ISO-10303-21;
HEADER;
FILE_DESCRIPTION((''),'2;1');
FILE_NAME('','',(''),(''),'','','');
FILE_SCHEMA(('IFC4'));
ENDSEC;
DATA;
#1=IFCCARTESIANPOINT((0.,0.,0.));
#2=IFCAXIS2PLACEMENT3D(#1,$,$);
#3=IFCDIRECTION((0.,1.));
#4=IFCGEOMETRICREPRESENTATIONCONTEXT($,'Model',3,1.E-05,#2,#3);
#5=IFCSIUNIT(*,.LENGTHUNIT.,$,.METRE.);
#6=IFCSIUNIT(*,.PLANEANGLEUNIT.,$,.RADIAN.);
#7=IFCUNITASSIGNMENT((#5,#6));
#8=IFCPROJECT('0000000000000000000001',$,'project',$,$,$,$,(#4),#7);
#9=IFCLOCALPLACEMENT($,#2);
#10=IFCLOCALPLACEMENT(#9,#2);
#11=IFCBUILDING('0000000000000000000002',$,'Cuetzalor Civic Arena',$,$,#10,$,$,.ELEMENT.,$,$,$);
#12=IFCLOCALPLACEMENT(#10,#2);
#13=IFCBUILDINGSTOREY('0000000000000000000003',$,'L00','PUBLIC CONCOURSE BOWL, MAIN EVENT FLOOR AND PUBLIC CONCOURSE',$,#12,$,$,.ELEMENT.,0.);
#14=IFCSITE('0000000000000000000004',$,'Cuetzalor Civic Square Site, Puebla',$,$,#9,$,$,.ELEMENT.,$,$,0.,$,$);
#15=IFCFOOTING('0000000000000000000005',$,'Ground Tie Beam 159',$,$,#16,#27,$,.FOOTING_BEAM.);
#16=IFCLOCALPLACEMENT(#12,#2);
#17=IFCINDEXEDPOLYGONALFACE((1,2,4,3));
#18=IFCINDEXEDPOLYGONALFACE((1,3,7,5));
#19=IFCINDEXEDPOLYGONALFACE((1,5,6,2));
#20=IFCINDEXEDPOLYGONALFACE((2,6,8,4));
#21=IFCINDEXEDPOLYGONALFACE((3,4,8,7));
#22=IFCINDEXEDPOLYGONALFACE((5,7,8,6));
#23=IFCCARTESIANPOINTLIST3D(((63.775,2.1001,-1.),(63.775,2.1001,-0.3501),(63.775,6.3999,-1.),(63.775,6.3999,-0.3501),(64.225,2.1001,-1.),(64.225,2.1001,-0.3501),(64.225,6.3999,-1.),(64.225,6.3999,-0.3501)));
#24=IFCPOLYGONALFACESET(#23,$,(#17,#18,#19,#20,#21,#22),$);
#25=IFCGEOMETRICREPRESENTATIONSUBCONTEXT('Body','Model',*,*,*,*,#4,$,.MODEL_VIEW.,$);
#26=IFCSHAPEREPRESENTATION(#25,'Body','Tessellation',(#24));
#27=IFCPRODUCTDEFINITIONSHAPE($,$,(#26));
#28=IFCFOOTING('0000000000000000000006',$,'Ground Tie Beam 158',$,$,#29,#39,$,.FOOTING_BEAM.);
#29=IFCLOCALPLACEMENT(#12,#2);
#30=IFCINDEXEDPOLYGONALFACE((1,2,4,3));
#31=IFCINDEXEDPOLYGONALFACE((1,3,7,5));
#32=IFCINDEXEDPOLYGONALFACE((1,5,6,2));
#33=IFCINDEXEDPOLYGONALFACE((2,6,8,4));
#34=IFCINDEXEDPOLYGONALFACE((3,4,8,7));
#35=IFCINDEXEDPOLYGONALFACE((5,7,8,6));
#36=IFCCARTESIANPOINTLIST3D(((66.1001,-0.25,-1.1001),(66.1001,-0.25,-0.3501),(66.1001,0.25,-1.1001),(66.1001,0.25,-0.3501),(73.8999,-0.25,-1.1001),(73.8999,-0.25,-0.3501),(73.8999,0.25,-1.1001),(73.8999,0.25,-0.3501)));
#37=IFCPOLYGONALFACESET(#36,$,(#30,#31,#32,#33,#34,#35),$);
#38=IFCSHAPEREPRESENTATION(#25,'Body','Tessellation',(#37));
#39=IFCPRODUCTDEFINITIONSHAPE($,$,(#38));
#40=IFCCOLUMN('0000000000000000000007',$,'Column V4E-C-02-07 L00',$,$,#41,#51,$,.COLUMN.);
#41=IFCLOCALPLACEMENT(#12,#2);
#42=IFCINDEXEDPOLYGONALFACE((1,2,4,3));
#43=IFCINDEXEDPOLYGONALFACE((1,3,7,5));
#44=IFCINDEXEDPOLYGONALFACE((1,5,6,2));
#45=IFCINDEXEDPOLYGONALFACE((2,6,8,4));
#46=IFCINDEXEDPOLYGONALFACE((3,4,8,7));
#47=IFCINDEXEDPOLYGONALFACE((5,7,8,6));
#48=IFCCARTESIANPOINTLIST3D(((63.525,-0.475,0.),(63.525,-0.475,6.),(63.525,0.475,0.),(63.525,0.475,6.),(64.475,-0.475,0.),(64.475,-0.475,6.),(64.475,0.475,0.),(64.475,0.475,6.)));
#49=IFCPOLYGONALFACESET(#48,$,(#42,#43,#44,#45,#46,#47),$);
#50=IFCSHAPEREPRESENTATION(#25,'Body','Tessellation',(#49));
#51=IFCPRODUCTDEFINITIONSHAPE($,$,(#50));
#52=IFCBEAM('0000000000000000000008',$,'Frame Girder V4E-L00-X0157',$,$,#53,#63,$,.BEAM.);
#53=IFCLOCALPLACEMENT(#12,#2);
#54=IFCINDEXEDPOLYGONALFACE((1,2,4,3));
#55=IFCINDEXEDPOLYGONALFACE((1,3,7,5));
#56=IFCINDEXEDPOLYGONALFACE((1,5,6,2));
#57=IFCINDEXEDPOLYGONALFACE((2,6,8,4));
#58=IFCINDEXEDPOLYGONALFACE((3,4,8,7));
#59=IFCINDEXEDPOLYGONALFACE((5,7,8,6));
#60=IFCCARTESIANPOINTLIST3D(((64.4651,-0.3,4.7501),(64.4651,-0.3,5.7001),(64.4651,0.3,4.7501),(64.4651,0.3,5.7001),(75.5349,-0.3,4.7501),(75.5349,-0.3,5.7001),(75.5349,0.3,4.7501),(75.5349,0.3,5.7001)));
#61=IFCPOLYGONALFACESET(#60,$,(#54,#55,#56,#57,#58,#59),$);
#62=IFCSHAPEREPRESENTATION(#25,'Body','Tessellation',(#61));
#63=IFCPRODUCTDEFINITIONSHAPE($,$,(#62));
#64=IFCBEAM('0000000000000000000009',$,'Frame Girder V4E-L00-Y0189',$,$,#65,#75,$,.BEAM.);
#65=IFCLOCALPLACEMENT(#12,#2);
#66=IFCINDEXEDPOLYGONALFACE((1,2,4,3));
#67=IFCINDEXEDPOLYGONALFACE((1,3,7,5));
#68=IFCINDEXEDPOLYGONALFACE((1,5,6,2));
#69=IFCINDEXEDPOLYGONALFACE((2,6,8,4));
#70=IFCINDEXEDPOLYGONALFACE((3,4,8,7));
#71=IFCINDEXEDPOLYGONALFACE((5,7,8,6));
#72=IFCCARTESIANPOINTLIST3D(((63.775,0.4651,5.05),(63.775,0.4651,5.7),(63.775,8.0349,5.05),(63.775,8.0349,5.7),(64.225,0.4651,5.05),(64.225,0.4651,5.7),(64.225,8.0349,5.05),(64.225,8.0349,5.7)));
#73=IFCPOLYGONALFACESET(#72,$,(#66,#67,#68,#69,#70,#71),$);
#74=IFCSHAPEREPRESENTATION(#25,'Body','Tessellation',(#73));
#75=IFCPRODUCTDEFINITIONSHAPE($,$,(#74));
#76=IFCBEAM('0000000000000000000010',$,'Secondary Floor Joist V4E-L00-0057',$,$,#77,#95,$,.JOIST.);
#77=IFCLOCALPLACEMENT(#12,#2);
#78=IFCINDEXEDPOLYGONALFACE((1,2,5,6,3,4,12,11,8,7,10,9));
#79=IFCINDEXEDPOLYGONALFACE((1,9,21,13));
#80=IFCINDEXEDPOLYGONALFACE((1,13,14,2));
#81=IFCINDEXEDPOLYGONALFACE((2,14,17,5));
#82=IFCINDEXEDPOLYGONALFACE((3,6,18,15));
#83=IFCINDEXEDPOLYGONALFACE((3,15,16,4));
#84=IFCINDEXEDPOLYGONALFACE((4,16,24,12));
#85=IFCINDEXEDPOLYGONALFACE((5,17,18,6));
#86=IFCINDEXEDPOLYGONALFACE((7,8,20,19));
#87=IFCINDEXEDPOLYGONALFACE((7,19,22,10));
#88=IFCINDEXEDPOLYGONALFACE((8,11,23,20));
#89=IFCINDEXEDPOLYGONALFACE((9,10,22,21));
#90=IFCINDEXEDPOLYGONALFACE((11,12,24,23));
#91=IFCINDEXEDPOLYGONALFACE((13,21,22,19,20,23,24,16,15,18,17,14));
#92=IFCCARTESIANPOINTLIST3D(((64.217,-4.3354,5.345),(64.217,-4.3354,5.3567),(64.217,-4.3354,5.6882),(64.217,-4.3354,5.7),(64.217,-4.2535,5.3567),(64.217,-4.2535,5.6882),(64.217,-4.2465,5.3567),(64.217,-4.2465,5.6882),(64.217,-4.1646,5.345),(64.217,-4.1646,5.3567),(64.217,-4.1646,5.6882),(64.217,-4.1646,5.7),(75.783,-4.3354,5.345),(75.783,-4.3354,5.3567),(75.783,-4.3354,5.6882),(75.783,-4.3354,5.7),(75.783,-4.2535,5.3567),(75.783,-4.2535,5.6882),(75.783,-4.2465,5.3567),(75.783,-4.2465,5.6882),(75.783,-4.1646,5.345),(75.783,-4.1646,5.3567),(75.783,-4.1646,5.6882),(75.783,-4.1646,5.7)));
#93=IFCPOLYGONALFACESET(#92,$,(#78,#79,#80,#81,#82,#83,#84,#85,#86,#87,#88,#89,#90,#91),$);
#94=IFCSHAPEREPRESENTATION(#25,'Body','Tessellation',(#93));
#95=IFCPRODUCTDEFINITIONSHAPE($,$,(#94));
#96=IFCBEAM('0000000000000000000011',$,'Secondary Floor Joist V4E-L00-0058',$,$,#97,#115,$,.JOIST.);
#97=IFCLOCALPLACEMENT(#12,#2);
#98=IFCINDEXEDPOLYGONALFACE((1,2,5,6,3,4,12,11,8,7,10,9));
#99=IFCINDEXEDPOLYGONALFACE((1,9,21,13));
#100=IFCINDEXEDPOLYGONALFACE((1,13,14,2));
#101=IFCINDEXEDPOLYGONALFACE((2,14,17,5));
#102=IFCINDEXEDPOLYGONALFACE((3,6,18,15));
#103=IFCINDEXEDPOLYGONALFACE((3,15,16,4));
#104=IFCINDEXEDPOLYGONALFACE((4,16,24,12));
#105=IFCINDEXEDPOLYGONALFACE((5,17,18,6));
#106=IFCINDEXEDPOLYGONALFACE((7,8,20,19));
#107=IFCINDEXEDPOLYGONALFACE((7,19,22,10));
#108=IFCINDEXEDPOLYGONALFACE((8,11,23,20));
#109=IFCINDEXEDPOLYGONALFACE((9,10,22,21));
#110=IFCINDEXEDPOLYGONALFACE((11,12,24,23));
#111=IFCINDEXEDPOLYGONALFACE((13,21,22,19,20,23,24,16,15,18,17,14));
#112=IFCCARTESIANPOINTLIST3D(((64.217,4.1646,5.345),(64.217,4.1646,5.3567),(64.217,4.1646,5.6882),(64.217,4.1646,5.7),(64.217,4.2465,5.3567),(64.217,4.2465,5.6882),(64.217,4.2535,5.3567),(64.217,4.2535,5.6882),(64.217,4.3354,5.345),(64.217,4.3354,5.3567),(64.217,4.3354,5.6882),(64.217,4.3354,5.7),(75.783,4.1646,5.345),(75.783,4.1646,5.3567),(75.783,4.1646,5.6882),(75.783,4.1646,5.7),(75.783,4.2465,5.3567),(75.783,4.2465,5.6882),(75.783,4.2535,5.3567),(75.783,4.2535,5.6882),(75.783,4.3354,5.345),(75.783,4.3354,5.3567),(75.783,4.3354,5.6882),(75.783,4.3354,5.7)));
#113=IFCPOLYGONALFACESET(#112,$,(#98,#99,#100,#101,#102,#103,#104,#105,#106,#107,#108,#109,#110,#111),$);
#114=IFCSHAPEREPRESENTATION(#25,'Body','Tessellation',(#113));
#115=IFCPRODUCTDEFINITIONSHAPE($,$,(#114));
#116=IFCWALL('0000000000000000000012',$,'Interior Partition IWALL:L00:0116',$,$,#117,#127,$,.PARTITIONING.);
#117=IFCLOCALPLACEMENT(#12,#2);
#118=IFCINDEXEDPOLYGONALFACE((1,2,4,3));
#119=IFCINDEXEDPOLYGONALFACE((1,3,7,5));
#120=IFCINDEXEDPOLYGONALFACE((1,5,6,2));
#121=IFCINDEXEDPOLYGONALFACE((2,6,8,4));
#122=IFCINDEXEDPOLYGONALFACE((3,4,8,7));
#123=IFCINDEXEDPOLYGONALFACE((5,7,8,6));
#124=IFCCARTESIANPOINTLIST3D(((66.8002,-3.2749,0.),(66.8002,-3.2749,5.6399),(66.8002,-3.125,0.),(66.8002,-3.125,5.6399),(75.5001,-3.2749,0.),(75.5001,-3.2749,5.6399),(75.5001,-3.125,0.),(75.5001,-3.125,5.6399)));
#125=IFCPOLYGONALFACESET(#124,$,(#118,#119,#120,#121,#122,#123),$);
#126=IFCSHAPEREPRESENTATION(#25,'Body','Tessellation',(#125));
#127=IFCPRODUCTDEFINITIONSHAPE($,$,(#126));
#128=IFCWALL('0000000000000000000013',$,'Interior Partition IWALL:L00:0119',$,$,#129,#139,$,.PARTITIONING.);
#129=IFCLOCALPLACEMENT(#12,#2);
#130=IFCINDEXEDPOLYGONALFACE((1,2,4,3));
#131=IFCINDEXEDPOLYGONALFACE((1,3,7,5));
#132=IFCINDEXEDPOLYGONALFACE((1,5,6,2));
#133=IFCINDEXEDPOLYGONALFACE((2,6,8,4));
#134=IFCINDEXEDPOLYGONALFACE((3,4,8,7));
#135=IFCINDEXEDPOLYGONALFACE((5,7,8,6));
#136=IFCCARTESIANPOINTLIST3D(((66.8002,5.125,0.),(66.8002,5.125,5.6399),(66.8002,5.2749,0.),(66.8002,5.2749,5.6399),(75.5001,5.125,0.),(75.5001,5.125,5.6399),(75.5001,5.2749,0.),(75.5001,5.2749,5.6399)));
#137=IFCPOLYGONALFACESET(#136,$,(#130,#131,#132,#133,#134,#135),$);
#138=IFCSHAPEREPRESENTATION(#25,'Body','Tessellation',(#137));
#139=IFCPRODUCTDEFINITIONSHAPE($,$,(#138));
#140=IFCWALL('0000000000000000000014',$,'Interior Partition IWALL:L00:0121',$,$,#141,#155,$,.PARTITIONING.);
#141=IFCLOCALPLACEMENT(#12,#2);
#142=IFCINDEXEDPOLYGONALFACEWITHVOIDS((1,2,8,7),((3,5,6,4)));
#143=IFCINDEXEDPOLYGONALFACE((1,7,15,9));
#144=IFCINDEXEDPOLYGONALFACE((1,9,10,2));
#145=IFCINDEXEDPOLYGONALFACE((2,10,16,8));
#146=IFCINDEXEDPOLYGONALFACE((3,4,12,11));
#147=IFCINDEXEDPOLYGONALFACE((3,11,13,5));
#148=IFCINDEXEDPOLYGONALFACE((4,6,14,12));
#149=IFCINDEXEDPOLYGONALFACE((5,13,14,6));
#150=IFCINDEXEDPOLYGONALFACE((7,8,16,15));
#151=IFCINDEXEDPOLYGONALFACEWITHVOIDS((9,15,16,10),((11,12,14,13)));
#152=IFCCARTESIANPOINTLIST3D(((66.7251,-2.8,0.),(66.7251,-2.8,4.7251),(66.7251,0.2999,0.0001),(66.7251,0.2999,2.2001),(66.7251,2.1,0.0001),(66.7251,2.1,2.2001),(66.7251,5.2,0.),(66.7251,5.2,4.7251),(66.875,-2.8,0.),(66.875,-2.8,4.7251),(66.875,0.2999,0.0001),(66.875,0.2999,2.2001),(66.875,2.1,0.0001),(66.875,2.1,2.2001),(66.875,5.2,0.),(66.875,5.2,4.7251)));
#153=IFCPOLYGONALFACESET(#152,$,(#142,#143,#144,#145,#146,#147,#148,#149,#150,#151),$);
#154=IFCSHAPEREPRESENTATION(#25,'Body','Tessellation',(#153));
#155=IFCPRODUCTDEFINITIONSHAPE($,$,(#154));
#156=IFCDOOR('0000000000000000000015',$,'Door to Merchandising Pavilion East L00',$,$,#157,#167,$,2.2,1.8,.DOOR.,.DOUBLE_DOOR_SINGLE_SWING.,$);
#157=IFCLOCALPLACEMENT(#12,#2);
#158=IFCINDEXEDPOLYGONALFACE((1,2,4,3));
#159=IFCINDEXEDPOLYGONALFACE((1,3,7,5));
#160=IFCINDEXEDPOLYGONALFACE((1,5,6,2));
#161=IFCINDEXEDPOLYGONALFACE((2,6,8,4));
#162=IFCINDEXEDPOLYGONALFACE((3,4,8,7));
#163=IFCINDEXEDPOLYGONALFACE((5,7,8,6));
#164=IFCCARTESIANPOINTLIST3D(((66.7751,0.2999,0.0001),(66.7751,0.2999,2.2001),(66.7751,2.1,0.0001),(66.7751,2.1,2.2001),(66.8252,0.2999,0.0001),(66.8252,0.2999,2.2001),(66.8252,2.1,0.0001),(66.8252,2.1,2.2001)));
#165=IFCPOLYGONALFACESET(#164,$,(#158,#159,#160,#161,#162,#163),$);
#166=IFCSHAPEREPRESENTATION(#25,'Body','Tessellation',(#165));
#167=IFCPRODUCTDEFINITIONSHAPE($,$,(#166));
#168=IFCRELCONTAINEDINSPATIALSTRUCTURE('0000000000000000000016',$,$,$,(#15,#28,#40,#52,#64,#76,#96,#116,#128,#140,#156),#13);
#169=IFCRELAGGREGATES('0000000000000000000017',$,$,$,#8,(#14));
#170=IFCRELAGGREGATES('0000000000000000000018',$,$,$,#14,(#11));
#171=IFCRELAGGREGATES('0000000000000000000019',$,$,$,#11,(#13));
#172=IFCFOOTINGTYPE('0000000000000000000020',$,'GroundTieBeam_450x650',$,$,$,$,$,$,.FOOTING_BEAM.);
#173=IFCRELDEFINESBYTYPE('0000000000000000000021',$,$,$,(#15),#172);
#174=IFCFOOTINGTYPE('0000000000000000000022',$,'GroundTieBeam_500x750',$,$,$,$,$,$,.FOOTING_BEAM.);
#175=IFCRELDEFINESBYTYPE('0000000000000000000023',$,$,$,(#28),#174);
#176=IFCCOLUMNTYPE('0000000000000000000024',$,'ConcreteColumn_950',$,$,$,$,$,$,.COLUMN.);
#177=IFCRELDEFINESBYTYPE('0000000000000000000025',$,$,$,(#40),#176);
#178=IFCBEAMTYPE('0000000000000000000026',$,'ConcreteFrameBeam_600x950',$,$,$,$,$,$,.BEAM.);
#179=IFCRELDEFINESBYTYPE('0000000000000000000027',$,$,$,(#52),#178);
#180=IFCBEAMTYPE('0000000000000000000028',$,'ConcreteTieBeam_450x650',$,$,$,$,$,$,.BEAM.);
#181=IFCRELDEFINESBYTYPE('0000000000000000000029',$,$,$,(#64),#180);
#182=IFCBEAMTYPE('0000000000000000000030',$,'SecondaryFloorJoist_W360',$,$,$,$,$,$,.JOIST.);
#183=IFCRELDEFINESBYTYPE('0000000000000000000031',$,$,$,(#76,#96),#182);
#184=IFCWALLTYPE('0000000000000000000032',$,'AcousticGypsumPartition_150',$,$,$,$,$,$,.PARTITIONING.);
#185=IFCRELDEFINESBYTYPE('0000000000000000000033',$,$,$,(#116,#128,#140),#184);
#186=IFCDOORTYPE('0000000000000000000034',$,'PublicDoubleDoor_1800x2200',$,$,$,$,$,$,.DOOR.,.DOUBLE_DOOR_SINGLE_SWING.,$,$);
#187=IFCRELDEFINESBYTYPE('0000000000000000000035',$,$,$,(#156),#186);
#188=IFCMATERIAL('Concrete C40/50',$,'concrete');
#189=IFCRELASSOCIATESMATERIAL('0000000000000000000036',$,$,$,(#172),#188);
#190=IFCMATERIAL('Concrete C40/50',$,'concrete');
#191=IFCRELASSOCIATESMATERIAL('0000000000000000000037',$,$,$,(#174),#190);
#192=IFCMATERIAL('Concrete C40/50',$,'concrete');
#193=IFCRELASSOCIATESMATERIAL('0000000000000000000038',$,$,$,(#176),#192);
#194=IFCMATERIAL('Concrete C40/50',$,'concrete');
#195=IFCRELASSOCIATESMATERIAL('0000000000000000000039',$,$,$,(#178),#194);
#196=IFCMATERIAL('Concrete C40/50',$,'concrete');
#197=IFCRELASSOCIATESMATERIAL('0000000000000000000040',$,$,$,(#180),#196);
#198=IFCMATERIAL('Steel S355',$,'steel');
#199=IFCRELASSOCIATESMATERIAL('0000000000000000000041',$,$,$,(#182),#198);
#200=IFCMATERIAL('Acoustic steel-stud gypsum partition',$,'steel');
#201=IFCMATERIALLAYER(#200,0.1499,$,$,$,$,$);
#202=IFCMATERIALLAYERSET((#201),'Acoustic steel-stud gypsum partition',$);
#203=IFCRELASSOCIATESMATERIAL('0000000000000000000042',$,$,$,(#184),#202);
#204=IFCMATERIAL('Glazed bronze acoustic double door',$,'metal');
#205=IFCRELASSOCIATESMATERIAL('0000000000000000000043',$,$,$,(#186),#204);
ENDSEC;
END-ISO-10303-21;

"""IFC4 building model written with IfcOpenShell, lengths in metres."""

from ifc_helpers import new_model, si_unit, direction, frame, frame_2d, origin, origin_2d, place, context, subcontext, project, spatial, rectangle, i_section, extrude, material, layer, layer_set, material_profile, profile_set, type_object, element, fill, save


model = new_model("IFC4")

# Units and contexts
model_context = context("Model", 3, precision=1e-05, world=origin(), true_north=direction((0.0, 1.0)))
body_context = subcontext(model_context, "Body", "Model", "MODEL_VIEW")
ifc_project = project(units=[si_unit("LENGTHUNIT", "METRE"), si_unit("PLANEANGLEUNIT", "RADIAN")], contexts=[model_context])

# Site, building, storey
site_placement = place(None, origin())
site = spatial("IfcSite", under=ifc_project, at=site_placement, Name="Cuetzalor Civic Square Site, Puebla", CompositionType="ELEMENT", RefElevation=0.0)
building_placement = place(site_placement, origin())
building = spatial("IfcBuilding", under=site, at=building_placement, Name="Cuetzalor Civic Arena", CompositionType="ELEMENT")
storey_placement = place(building_placement, origin())
storey = spatial("IfcBuildingStorey", under=building, at=storey_placement, Name="L00", Description="PUBLIC CONCOURSE BOWL, MAIN EVENT FLOOR AND PUBLIC CONCOURSE", CompositionType="ELEMENT", Elevation=0.0)

# Footings
ifc_material_1 = material(Name="Concrete C40/50", Category="concrete")
ifc_material_profile_1 = material_profile(ifc_material_1, rectangle(XDim=0.45, YDim=0.6499, at=origin_2d()), Name="RC 450x650")
ifc_profile_set_1 = profile_set([ifc_material_profile_1], Name="Concrete C40/50")
footing_type_1 = type_object("IfcFootingType", Name="GroundTieBeam_450x650", PredefinedType="FOOTING_BEAM", material=ifc_profile_set_1)
footing_1_placement = place(storey_placement, frame((64.0, 2.1001, -0.675), z_axis=(0.0, 1.0, 0.0), x_axis=(-1.0, 0.0, 0.0)))
element("IfcFooting", 1, at=footing_1_placement, inside=storey, type_object=footing_type_1, Name="Ground Tie Beam 159", PredefinedType="FOOTING_BEAM", context=body_context, shape_type="SweptSolid", body=[
    extrude(rectangle(XDim=0.45, YDim=0.6499, at=origin_2d()), origin(), (0.0, 0.0, 1.0), 4.2998),
])
ifc_material_2 = material(Name="Concrete C40/50", Category="concrete")
ifc_material_profile_2 = material_profile(ifc_material_2, rectangle(XDim=0.5, YDim=0.75, at=origin_2d()), Name="RC 500x750")
ifc_profile_set_2 = profile_set([ifc_material_profile_2], Name="Concrete C40/50")
footing_type_2 = type_object("IfcFootingType", Name="GroundTieBeam_500x750", PredefinedType="FOOTING_BEAM", material=ifc_profile_set_2)
footing_2_placement = place(storey_placement, frame((66.1001, 0.0, -0.7251), z_axis=(1.0, 0.0, 0.0), x_axis=(0.0, 1.0, 0.0)))
element("IfcFooting", 2, at=footing_2_placement, inside=storey, type_object=footing_type_2, Name="Ground Tie Beam 158", PredefinedType="FOOTING_BEAM", context=body_context, shape_type="SweptSolid", body=[
    extrude(rectangle(XDim=0.5, YDim=0.75, at=origin_2d()), origin(), (0.0, 0.0, 1.0), 7.7998),
])

# Column
ifc_material_3 = material(Name="Concrete C40/50", Category="concrete")
ifc_material_profile_3 = material_profile(ifc_material_3, rectangle(XDim=0.95, YDim=0.95, at=origin_2d()), Name="RC 950x950")
ifc_profile_set_3 = profile_set([ifc_material_profile_3], Name="Concrete C40/50")
column_type = type_object("IfcColumnType", Name="ConcreteColumn_950", PredefinedType="COLUMN", material=ifc_profile_set_3)
column_placement = place(storey_placement, frame((64.0, 0.0, 0.0), z_axis=(0.0, 0.0, 1.0), x_axis=(1.0, 0.0, 0.0)))
element("IfcColumn", 3, at=column_placement, inside=storey, type_object=column_type, Name="Column V4E-C-02-07 L00", PredefinedType="COLUMN", context=body_context, shape_type="SweptSolid", body=[
    extrude(rectangle(XDim=0.95, YDim=0.95, at=origin_2d()), origin(), (0.0, 0.0, 1.0), 6.0),
])

# Beams
ifc_material_4 = material(Name="Concrete C40/50", Category="concrete")
ifc_material_profile_4 = material_profile(ifc_material_4, rectangle(XDim=0.6001, YDim=0.95, at=origin_2d()), Name="RC 600x950")
ifc_profile_set_4 = profile_set([ifc_material_profile_4], Name="Concrete C40/50")
beam_type_1 = type_object("IfcBeamType", Name="ConcreteFrameBeam_600x950", PredefinedType="BEAM", material=ifc_profile_set_4)
beam_1_placement = place(storey_placement, frame((64.4651, 0.0, 5.2251), z_axis=(1.0, 0.0, 0.0), x_axis=(0.0, 1.0, 0.0)))
element("IfcBeam", 4, at=beam_1_placement, inside=storey, type_object=beam_type_1, Name="Frame Girder V4E-L00-X0157", PredefinedType="BEAM", context=body_context, shape_type="SweptSolid", body=[
    extrude(rectangle(XDim=0.6001, YDim=0.95, at=origin_2d()), origin(), (0.0, 0.0, 1.0), 11.0698),
])
ifc_material_5 = material(Name="Concrete C40/50", Category="concrete")
ifc_material_profile_5 = material_profile(ifc_material_5, rectangle(XDim=0.45, YDim=0.6499, at=origin_2d()), Name="RC 450x650")
ifc_profile_set_5 = profile_set([ifc_material_profile_5], Name="Concrete C40/50")
beam_type_2 = type_object("IfcBeamType", Name="ConcreteTieBeam_450x650", PredefinedType="BEAM", material=ifc_profile_set_5)
beam_2_placement = place(storey_placement, frame((64.0, 0.4651, 5.375), z_axis=(0.0, 1.0, 0.0), x_axis=(-1.0, 0.0, 0.0)))
element("IfcBeam", 5, at=beam_2_placement, inside=storey, type_object=beam_type_2, Name="Frame Girder V4E-L00-Y0189", PredefinedType="BEAM", context=body_context, shape_type="SweptSolid", body=[
    extrude(rectangle(XDim=0.45, YDim=0.6499, at=origin_2d()), origin(), (0.0, 0.0, 1.0), 7.5698),
])
ifc_material_6 = material(Name="Steel S355", Category="steel")
ifc_material_profile_6 = material_profile(ifc_material_6, i_section(OverallWidth=0.1709, OverallDepth=0.355, WebThickness=0.0071, FlangeThickness=0.0117, at=origin_2d()), Name="W360x51")
ifc_profile_set_6 = profile_set([ifc_material_profile_6], Name="Steel S355")
beam_type_3 = type_object("IfcBeamType", Name="SecondaryFloorJoist_W360", PredefinedType="JOIST", material=ifc_profile_set_6)
for number, where, z_axis, x_axis, name in (
    (6, (64.217, -4.25, 5.5225), (1.0, 0.0, 0.0), (0.0, 1.0, 0.0), "Secondary Floor Joist V4E-L00-0057"),
    (7, (64.217, 4.25, 5.5225), (1.0, 0.0, 0.0), (0.0, 1.0, 0.0), "Secondary Floor Joist V4E-L00-0058"),
):
    element("IfcBeam", number, at=place(storey_placement, frame(where, z_axis=z_axis, x_axis=x_axis)), inside=storey, type_object=beam_type_3, Name=name, PredefinedType="JOIST", context=body_context, shape_type="SweptSolid", body=[
        extrude(i_section(OverallWidth=0.1709, OverallDepth=0.355, WebThickness=0.0071, FlangeThickness=0.0117, at=origin_2d()), origin(), (0.0, 0.0, 1.0), 11.5659),
    ])

# Walls
ifc_material_7 = material(Name="Acoustic steel-stud gypsum partition", Category="steel")
ifc_layer_1 = layer(ifc_material_7, 0.1499)
ifc_layer_set_1 = layer_set([ifc_layer_1], Name="Acoustic steel-stud gypsum partition")
wall_type_1 = type_object("IfcWallType", Name="AcousticGypsumPartition_150", PredefinedType="PARTITIONING", material=ifc_layer_set_1)
for number, where, z_axis, x_axis, name in (
    (8, (66.8, -3.2, 0.0), (0.0, 0.0, 1.0), (1.0, 0.0, 0.0), "Interior Partition IWALL:L00:0116"),
    (9, (66.8, 5.2, 0.0), (0.0, 0.0, 1.0), (1.0, 0.0, 0.0), "Interior Partition IWALL:L00:0119"),
):
    element("IfcWall", number, at=place(storey_placement, frame(where, z_axis=z_axis, x_axis=x_axis)), inside=storey, type_object=wall_type_1, Name=name, PredefinedType="PARTITIONING", context=body_context, shape_type="SweptSolid", body=[
        extrude(rectangle(XDim=8.7, YDim=0.1499, at=frame_2d((4.3501, 0.0))), origin(), (0.0, 0.0, 1.0), 5.6399),
    ])

# Wall, opening, door
wall_1_placement = place(storey_placement, frame((66.8, -2.8, 0.0), z_axis=(0.0, 0.0, 1.0), x_axis=(0.0, 1.0, 0.0)))
wall_1 = element("IfcWall", 10, at=wall_1_placement, inside=storey, type_object=wall_type_1, Name="Interior Partition IWALL:L00:0121", PredefinedType="PARTITIONING", context=body_context, shape_type="SweptSolid", body=[
    extrude(rectangle(XDim=8.0, YDim=0.1499, at=frame_2d((4.0, 0.0))), origin(), (0.0, 0.0, 1.0), 4.7251),
])
opening_1_placement = place(wall_1_placement, frame((3.1001, 0.0, 0.0)))
opening_1 = element("IfcOpeningElement", 11, at=opening_1_placement, cuts=wall_1, PredefinedType="OPENING", context=body_context, shape_type="SweptSolid", body=[
    extrude(rectangle(XDim=1.8, YDim=2.2, at=frame_2d((0.8999, 1.1001))), frame((0.0, 0.085, 0.0), z_axis=(0.0, -1.0, 0.0), x_axis=(1.0, 0.0, 0.0)), (0.0, 0.0, 1.0), 0.1699),
])
ifc_material_8 = material(Name="Glazed bronze acoustic double door", Category="metal")
door_type = type_object("IfcDoorType", Name="PublicDoubleDoor_1800x2200", OperationType="DOUBLE_DOOR_SINGLE_SWING", PredefinedType="DOOR", material=ifc_material_8)
door_1_placement = place(opening_1_placement, origin())
door_1 = element("IfcDoor", 12, at=door_1_placement, inside=storey, type_object=door_type, Name="Door to Merchandising Pavilion East L00", OperationType="DOUBLE_DOOR_SINGLE_SWING", OverallHeight=2.2, OverallWidth=1.8, PredefinedType="DOOR", context=body_context, shape_type="SweptSolid", body=[
    extrude(rectangle(XDim=1.8, YDim=2.2, at=frame_2d((0.8999, 1.1001))), frame((0.0, 0.0249, 0.0), z_axis=(0.0, -1.0, 0.0), x_axis=(1.0, 0.0, 0.0)), (0.0, 0.0, 1.0), 0.05),
])
fill(opening_1, door_1)

save(model, "model.ifc")
